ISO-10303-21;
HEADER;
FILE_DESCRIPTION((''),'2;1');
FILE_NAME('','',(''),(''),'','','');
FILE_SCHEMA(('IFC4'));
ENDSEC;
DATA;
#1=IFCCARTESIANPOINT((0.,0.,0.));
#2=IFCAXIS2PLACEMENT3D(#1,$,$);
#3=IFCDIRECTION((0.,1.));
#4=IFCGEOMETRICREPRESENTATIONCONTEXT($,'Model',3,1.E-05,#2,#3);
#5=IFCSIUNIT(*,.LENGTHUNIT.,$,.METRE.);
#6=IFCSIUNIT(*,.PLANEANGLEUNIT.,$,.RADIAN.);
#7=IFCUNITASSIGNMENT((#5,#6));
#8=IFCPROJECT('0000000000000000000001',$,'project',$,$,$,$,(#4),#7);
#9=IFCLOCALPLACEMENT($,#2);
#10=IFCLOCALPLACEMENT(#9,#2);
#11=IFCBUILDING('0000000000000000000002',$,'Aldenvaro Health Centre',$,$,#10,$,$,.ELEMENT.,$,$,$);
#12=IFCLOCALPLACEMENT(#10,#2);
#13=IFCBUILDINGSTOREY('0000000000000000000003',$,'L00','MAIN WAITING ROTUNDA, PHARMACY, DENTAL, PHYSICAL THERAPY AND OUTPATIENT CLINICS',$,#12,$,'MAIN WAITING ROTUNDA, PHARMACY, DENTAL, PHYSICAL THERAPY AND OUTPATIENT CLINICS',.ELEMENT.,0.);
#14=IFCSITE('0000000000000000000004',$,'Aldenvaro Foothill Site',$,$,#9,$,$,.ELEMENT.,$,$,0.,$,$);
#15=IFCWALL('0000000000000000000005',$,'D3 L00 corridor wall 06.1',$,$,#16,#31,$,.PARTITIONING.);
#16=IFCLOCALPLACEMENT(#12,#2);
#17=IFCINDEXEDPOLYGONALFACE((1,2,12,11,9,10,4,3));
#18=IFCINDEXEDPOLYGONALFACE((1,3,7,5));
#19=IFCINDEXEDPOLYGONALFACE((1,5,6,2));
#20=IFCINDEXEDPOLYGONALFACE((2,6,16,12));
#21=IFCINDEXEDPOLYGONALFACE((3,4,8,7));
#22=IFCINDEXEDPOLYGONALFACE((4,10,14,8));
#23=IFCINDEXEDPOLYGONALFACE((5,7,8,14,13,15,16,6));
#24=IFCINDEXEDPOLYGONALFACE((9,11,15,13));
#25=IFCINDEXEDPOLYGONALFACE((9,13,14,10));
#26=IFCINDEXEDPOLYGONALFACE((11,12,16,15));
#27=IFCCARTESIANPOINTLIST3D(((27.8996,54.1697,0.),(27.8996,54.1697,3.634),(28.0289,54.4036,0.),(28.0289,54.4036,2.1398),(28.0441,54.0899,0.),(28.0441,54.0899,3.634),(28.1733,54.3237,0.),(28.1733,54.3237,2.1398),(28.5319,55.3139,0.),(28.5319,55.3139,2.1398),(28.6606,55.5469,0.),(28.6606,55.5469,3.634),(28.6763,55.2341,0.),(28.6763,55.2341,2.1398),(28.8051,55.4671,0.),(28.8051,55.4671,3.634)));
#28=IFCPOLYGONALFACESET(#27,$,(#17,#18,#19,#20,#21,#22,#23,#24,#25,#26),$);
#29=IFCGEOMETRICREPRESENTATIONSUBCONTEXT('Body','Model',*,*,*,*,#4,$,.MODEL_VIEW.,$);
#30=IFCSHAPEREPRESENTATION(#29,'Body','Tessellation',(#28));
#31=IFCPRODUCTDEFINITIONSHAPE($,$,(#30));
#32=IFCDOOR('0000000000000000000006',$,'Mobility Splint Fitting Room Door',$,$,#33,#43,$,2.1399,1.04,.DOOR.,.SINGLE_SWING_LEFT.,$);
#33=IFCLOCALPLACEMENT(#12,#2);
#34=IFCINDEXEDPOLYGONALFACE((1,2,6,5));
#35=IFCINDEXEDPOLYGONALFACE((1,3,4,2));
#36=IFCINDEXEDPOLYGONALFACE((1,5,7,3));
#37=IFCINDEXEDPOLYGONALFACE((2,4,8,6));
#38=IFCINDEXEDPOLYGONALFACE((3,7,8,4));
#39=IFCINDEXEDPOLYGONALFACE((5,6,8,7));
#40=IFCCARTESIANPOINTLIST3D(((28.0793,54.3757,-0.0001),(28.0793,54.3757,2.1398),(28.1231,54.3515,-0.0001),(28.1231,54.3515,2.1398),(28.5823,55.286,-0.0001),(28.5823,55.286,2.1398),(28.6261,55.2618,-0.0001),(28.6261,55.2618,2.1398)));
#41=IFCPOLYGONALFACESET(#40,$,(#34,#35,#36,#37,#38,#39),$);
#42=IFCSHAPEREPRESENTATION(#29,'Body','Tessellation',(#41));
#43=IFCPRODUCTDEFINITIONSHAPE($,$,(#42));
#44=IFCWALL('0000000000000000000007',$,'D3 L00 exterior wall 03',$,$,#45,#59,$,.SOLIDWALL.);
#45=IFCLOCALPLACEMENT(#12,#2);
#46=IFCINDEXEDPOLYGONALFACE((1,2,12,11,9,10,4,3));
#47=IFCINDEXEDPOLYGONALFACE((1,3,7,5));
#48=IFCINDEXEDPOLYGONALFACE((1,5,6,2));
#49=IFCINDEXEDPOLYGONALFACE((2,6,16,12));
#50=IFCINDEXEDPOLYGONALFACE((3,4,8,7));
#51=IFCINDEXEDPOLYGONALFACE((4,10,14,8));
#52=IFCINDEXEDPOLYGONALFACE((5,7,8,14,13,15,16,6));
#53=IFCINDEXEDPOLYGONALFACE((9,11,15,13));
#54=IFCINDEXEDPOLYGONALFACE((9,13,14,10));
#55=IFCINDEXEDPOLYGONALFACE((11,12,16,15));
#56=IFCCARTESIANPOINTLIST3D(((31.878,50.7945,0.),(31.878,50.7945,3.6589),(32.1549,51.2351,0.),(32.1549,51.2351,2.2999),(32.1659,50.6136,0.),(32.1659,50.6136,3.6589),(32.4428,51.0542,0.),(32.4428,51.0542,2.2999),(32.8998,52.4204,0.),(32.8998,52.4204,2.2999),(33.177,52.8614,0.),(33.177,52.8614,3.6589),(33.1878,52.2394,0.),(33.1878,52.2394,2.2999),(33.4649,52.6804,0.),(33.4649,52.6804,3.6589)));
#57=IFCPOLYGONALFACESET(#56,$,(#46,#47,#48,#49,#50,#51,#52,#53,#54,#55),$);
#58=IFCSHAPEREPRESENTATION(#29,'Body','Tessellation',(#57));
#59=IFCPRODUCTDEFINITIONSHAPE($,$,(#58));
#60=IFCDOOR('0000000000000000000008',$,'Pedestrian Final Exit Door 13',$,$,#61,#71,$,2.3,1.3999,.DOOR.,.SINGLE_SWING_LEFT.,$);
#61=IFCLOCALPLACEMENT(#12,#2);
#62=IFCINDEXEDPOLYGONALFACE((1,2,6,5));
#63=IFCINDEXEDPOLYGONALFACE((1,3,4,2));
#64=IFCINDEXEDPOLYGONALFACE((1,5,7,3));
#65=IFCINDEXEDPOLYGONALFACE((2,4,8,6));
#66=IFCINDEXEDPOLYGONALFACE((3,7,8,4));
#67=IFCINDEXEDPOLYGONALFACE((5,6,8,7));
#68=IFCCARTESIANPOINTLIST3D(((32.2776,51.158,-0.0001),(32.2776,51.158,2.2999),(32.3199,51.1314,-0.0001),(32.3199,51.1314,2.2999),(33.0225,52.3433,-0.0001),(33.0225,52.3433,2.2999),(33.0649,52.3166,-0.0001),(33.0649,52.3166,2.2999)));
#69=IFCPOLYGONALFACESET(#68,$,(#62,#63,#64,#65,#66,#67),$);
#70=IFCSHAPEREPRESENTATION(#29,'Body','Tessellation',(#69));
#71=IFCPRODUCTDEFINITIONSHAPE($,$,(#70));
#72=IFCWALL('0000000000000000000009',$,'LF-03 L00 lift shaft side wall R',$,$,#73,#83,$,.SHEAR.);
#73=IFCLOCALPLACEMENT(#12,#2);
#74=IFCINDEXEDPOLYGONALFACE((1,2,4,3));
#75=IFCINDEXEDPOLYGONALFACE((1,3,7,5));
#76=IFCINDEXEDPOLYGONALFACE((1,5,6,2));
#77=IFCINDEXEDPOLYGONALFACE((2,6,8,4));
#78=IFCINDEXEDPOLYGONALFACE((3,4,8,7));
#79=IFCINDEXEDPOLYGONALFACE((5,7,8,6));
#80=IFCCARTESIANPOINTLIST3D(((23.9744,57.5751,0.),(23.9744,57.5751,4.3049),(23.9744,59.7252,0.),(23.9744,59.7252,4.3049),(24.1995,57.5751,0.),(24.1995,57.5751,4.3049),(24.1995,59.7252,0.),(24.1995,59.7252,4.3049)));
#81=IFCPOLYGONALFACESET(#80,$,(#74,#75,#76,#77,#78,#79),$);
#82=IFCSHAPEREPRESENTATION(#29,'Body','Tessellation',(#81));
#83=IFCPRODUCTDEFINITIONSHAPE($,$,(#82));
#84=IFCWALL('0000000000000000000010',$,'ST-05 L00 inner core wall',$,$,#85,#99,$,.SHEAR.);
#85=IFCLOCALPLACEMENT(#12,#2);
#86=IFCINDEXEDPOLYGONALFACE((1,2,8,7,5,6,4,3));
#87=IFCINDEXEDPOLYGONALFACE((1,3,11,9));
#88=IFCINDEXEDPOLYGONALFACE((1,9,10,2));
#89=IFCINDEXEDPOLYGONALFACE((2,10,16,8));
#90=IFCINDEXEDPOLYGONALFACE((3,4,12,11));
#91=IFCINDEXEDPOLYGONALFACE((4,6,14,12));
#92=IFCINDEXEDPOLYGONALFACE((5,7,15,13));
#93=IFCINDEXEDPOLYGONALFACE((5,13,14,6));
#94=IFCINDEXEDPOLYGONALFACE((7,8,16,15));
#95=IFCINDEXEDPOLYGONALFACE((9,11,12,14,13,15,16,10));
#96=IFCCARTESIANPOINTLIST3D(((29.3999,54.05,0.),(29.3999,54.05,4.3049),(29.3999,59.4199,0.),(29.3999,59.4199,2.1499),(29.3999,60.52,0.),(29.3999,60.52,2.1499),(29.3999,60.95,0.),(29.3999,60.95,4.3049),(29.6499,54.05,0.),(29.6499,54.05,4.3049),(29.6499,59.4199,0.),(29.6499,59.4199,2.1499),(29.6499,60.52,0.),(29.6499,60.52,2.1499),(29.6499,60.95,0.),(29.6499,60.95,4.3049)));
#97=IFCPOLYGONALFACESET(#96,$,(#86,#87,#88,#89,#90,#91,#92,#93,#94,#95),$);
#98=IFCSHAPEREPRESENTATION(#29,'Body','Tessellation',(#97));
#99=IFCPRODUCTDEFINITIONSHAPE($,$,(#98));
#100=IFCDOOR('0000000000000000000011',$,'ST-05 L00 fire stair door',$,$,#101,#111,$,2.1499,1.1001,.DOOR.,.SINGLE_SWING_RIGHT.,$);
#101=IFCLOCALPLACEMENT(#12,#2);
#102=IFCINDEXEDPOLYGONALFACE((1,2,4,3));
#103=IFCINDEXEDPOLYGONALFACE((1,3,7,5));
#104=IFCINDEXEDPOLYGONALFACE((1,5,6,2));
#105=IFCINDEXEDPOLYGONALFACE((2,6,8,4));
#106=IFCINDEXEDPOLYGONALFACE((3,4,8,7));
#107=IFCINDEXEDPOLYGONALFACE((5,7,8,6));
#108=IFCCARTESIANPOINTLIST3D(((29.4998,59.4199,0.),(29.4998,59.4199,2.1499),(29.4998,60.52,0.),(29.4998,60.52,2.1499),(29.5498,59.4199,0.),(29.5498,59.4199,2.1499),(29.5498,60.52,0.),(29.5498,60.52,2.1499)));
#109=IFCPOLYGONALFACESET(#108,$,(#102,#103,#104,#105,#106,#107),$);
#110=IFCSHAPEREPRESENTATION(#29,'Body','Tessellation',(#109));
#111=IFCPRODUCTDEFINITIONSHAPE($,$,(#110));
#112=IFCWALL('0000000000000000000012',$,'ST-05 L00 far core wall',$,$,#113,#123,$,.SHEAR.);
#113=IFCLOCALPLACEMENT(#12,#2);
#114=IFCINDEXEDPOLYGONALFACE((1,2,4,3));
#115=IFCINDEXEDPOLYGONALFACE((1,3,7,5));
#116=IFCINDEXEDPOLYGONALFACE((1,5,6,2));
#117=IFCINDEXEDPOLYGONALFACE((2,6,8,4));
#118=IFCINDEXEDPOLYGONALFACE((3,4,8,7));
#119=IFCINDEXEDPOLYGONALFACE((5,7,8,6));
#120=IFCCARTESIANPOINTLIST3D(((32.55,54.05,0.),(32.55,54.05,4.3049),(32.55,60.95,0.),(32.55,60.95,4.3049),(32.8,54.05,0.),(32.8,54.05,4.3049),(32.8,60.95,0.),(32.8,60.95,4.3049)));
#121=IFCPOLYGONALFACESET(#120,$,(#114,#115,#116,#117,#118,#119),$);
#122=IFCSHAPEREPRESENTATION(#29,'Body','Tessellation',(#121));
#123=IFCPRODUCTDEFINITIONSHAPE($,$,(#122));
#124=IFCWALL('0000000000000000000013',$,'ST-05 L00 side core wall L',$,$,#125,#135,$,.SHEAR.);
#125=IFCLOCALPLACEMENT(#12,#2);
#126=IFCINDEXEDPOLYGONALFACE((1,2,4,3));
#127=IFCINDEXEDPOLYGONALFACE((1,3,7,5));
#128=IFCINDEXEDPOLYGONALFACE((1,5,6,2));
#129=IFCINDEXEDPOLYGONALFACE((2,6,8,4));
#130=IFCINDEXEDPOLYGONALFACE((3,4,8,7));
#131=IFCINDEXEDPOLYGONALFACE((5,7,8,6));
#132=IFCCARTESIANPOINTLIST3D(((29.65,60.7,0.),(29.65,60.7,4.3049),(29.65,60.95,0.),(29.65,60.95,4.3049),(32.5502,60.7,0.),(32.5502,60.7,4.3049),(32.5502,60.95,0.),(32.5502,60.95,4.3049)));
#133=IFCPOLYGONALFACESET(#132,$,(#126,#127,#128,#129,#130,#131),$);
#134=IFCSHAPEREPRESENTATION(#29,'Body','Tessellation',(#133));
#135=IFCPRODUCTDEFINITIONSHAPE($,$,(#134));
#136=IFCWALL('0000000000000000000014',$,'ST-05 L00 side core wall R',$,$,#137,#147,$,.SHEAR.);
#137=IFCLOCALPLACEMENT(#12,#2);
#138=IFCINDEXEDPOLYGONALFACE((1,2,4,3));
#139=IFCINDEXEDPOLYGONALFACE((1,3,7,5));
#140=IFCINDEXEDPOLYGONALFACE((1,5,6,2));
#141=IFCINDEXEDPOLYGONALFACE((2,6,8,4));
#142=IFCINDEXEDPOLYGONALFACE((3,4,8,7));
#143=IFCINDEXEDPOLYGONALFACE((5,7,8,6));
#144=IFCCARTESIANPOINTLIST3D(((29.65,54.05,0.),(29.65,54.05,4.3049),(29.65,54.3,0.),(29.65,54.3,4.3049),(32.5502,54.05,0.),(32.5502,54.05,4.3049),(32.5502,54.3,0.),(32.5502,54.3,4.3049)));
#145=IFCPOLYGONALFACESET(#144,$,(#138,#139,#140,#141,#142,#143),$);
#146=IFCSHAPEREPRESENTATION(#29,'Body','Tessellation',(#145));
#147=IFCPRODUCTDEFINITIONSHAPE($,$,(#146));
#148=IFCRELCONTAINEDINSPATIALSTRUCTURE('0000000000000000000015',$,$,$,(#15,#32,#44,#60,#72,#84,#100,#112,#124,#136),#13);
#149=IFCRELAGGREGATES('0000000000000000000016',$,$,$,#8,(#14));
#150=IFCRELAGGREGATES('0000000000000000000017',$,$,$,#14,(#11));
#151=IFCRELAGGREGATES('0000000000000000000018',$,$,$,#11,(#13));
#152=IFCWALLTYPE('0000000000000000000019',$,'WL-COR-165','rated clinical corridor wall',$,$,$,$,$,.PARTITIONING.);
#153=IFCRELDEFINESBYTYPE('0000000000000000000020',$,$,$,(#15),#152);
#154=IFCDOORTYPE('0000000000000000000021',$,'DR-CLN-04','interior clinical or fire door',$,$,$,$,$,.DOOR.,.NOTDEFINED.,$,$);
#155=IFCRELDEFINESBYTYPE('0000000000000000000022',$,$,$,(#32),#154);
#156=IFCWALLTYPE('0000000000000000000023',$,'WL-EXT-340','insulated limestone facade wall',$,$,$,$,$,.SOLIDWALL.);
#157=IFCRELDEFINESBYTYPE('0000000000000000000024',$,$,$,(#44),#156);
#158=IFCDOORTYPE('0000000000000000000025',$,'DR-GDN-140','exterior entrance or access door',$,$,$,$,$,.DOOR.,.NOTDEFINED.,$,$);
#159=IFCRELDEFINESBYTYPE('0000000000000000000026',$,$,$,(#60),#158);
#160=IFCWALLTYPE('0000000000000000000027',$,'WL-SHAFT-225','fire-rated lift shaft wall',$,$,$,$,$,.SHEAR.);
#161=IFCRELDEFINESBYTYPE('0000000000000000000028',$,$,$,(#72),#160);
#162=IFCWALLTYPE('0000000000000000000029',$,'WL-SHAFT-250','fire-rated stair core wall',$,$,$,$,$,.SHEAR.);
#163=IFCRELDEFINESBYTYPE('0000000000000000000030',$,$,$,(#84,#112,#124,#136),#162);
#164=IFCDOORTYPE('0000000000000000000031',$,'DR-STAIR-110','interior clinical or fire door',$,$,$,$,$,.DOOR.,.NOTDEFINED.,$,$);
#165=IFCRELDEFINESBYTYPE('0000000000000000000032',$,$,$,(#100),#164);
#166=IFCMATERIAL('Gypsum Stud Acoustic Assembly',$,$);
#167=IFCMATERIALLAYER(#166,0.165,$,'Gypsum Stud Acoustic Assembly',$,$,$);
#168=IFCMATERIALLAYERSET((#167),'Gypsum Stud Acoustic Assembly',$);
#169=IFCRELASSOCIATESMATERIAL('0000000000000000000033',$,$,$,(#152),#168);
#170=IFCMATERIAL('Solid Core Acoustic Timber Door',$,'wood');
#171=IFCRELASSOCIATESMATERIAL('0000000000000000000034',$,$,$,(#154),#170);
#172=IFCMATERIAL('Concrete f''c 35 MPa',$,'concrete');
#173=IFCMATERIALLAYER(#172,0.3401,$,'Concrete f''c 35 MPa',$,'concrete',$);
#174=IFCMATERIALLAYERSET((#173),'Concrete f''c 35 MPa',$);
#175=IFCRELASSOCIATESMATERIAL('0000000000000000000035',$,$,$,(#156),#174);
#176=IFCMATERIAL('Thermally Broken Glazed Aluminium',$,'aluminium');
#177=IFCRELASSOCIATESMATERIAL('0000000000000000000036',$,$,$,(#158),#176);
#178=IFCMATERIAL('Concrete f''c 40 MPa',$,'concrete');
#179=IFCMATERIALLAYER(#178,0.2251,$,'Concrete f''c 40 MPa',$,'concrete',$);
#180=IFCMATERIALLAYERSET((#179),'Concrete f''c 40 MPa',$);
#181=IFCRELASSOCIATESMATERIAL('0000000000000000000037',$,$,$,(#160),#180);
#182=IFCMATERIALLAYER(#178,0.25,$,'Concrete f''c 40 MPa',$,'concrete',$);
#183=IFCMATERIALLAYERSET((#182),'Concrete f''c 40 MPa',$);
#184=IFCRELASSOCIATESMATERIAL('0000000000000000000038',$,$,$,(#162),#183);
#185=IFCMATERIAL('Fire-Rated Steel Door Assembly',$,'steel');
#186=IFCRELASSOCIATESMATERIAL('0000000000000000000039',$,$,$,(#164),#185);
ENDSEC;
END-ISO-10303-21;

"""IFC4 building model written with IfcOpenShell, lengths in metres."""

from ifc_helpers import new_model, si_unit, direction, frame, frame_2d, origin, place, context, subcontext, project, spatial, rectangle, extrude, material, layer, layer_set, type_object, element, fill, save


model = new_model("IFC4")

# Units and contexts
model_context = context("Model", 3, precision=1e-05, world=origin(), true_north=direction((0.0, 1.0)))
body_context = subcontext(model_context, "Body", "Model", "MODEL_VIEW")
ifc_project = project(units=[si_unit("LENGTHUNIT", "METRE"), si_unit("PLANEANGLEUNIT", "RADIAN")], contexts=[model_context])

# Site, building, storey
site_placement = place(None, origin())
site = spatial("IfcSite", under=ifc_project, at=site_placement, Name="Aldenvaro Foothill Site", CompositionType="ELEMENT", RefElevation=0.0)
building_placement = place(site_placement, origin())
building = spatial("IfcBuilding", under=site, at=building_placement, Name="Aldenvaro Health Centre", CompositionType="ELEMENT")
storey_placement = place(building_placement, origin())
storey = spatial("IfcBuildingStorey", under=building, at=storey_placement, Name="L00", Description="MAIN WAITING ROTUNDA, PHARMACY, DENTAL, PHYSICAL THERAPY AND OUTPATIENT CLINICS", LongName="MAIN WAITING ROTUNDA, PHARMACY, DENTAL, PHYSICAL THERAPY AND OUTPATIENT CLINICS", CompositionType="ELEMENT", Elevation=0.0)

# Shared definitions
ifc_material_1 = material(Name="Concrete f'c 40 MPa", Category="concrete")

# Shared definitions
ifc_material_2 = material(Name="Gypsum Stud Acoustic Assembly")
ifc_layer_1 = layer(ifc_material_2, 0.165, Name="Gypsum Stud Acoustic Assembly")
ifc_layer_set_1 = layer_set([ifc_layer_1], Name="Gypsum Stud Acoustic Assembly")
wall_type_1 = type_object("IfcWallType", Name="WL-COR-165", Description="rated clinical corridor wall", PredefinedType="PARTITIONING", material=ifc_layer_set_1)

# Walls, openings, doors
wall_1_placement = place(storey_placement, frame((27.9719, 54.1299, 0.0), z_axis=(0.0, 0.0, 1.0), x_axis=(0.483639, 0.875267, 0.0)))
wall_1 = element("IfcWall", 1, at=wall_1_placement, inside=storey, type_object=wall_type_1, Name="D3 L00 corridor wall 06.1", PredefinedType="PARTITIONING", context=body_context, shape_type="SweptSolid", body=[
    extrude(rectangle(XDim=1.5735, YDim=0.165, at=frame_2d((0.7866, 0.0))), origin(), (0.0, 0.0, 1.0), 3.634),
])
opening_1_placement = place(wall_1_placement, frame((0.2671, 0.0, 0.0)))
opening_1 = element("IfcOpeningElement", 2, at=opening_1_placement, cuts=wall_1, PredefinedType="OPENING", context=body_context, shape_type="SweptSolid", body=[
    extrude(rectangle(XDim=1.04, YDim=2.1399, at=frame_2d((0.52, 1.0698))), frame((0.0, 0.0925, 0.0), z_axis=(0.0, -1.0, 0.0), x_axis=(1.0, 0.0, 0.0)), (0.0, 0.0, 1.0), 0.1851),
])
ifc_material_3 = material(Name="Solid Core Acoustic Timber Door", Category="wood")
door_type_1 = type_object("IfcDoorType", Name="DR-CLN-04", Description="interior clinical or fire door", OperationType="NOTDEFINED", PredefinedType="DOOR", material=ifc_material_3)
door_1_placement = place(opening_1_placement, origin())
door_1 = element("IfcDoor", 3, at=door_1_placement, inside=storey, type_object=door_type_1, Name="Mobility Splint Fitting Room Door", OperationType="SINGLE_SWING_LEFT", OverallHeight=2.1399, OverallWidth=1.04, PredefinedType="DOOR", context=body_context, shape_type="SweptSolid", body=[
    extrude(rectangle(XDim=1.04, YDim=2.1399, at=frame_2d((0.52, 1.0698))), frame((0.0, 0.0249, 0.0), z_axis=(0.0, -1.0, 0.0), x_axis=(1.0, 0.0, 0.0)), (0.0, 0.0, 1.0), 0.05),
])
fill(opening_1, door_1)
ifc_material_4 = material(Name="Concrete f'c 35 MPa", Category="concrete")
ifc_layer_2 = layer(ifc_material_4, 0.3401, Name="Concrete f'c 35 MPa", Category="concrete")
ifc_layer_set_2 = layer_set([ifc_layer_2], Name="Concrete f'c 35 MPa")
wall_type_2 = type_object("IfcWallType", Name="WL-EXT-340", Description="insulated limestone facade wall", PredefinedType="SOLIDWALL", material=ifc_layer_set_2)
wall_2_placement = place(storey_placement, frame((33.321, 52.771, 0.0), z_axis=(0.0, 0.0, 1.0), x_axis=(-0.532137, -0.846658, 0.0)))
wall_2 = element("IfcWall", 4, at=wall_2_placement, inside=storey, type_object=wall_type_2, Name="D3 L00 exterior wall 03", PredefinedType="SOLIDWALL", context=body_context, shape_type="SweptSolid", body=[
    extrude(rectangle(XDim=2.4412, YDim=0.3401, at=frame_2d((1.2207, 0.0))), origin(), (0.0, 0.0, 1.0), 3.6589),
])
opening_2_placement = place(wall_2_placement, frame((0.521, 0.0, 0.0)))
opening_2 = element("IfcOpeningElement", 5, at=opening_2_placement, cuts=wall_2, PredefinedType="OPENING", context=body_context, shape_type="SweptSolid", body=[
    extrude(rectangle(XDim=1.3999, YDim=2.3, at=frame_2d((0.7, 1.1499))), frame((0.0, 0.1802, 0.0), z_axis=(0.0, -1.0, 0.0), x_axis=(1.0, 0.0, 0.0)), (0.0, 0.0, 1.0), 0.3601),
])
ifc_material_5 = material(Name="Thermally Broken Glazed Aluminium", Category="aluminium")
door_type_2 = type_object("IfcDoorType", Name="DR-GDN-140", Description="exterior entrance or access door", OperationType="NOTDEFINED", PredefinedType="DOOR", material=ifc_material_5)
door_2_placement = place(opening_2_placement, origin())
door_2 = element("IfcDoor", 6, at=door_2_placement, inside=storey, type_object=door_type_2, Name="Pedestrian Final Exit Door 13", OperationType="SINGLE_SWING_LEFT", OverallHeight=2.3, OverallWidth=1.3999, PredefinedType="DOOR", context=body_context, shape_type="SweptSolid", body=[
    extrude(rectangle(XDim=1.3999, YDim=2.3, at=frame_2d((0.7, 1.1499))), frame((0.0, 0.0249, 0.0), z_axis=(0.0, -1.0, 0.0), x_axis=(1.0, 0.0, 0.0)), (0.0, 0.0, 1.0), 0.05),
])
fill(opening_2, door_2)

# Wall
ifc_layer_3 = layer(ifc_material_1, 0.2251, Name="Concrete f'c 40 MPa", Category="concrete")
ifc_layer_set_3 = layer_set([ifc_layer_3], Name="Concrete f'c 40 MPa")
wall_type_3 = type_object("IfcWallType", Name="WL-SHAFT-225", Description="fire-rated lift shaft wall", PredefinedType="SHEAR", material=ifc_layer_set_3)
wall_3_placement = place(storey_placement, frame((24.0869, 57.575, 0.0), z_axis=(0.0, 0.0, 1.0), x_axis=(0.0, 1.0, 0.0)))
element("IfcWall", 7, at=wall_3_placement, inside=storey, type_object=wall_type_3, Name="LF-03 L00 lift shaft side wall R", PredefinedType="SHEAR", context=body_context, shape_type="SweptSolid", body=[
    extrude(rectangle(XDim=2.1501, YDim=0.2251, at=frame_2d((1.0752, 0.0))), origin(), (0.0, 0.0, 1.0), 4.3049),
])

# Wall, opening, door
ifc_layer_4 = layer(ifc_material_1, 0.25, Name="Concrete f'c 40 MPa", Category="concrete")
ifc_layer_set_4 = layer_set([ifc_layer_4], Name="Concrete f'c 40 MPa")
wall_type_4 = type_object("IfcWallType", Name="WL-SHAFT-250", Description="fire-rated stair core wall", PredefinedType="SHEAR", material=ifc_layer_set_4)
wall_4_placement = place(storey_placement, frame((29.5249, 60.95, 0.0), z_axis=(0.0, 0.0, 1.0), x_axis=(0.0, -1.0, 0.0)))
wall_4 = element("IfcWall", 8, at=wall_4_placement, inside=storey, type_object=wall_type_4, Name="ST-05 L00 inner core wall", PredefinedType="SHEAR", context=body_context, shape_type="SweptSolid", body=[
    extrude(rectangle(XDim=6.8999, YDim=0.25, at=frame_2d((3.45, 0.0))), origin(), (0.0, 0.0, 1.0), 4.3049),
])
opening_3_placement = place(wall_4_placement, frame((0.4299, 0.0, 0.0)))
opening_3 = element("IfcOpeningElement", 9, at=opening_3_placement, cuts=wall_4, PredefinedType="OPENING", context=body_context, shape_type="SweptSolid", body=[
    extrude(rectangle(XDim=1.1001, YDim=2.1499, at=frame_2d((0.55, 1.075))), frame((0.0, 0.135, 0.0), z_axis=(0.0, -1.0, 0.0), x_axis=(1.0, 0.0, 0.0)), (0.0, 0.0, 1.0), 0.27),
])
ifc_material_6 = material(Name="Fire-Rated Steel Door Assembly", Category="steel")
door_type_3 = type_object("IfcDoorType", Name="DR-STAIR-110", Description="interior clinical or fire door", OperationType="NOTDEFINED", PredefinedType="DOOR", material=ifc_material_6)
door_3_placement = place(opening_3_placement, origin())
door_3 = element("IfcDoor", 10, at=door_3_placement, inside=storey, type_object=door_type_3, Name="ST-05 L00 fire stair door", OperationType="SINGLE_SWING_RIGHT", OverallHeight=2.1499, OverallWidth=1.1001, PredefinedType="DOOR", context=body_context, shape_type="SweptSolid", body=[
    extrude(rectangle(XDim=1.1001, YDim=2.1499, at=frame_2d((0.55, 1.075))), frame((0.0, 0.0249, 0.0), z_axis=(0.0, -1.0, 0.0), x_axis=(1.0, 0.0, 0.0)), (0.0, 0.0, 1.0), 0.05),
])
fill(opening_3, door_3)

# Walls
wall_5_placement = place(storey_placement, frame((32.675, 60.95, 0.0), z_axis=(0.0, 0.0, 1.0), x_axis=(0.0, -1.0, 0.0)))
element("IfcWall", 11, at=wall_5_placement, inside=storey, type_object=wall_type_4, Name="ST-05 L00 far core wall", PredefinedType="SHEAR", context=body_context, shape_type="SweptSolid", body=[
    extrude(rectangle(XDim=6.8999, YDim=0.25, at=frame_2d((3.45, 0.0))), origin(), (0.0, 0.0, 1.0), 4.3049),
])
for number, where, z_axis, x_axis, name in (
    (12, (29.6499, 60.825, 0.0), (0.0, 0.0, 1.0), (1.0, 0.0, 0.0), "ST-05 L00 side core wall L"),
    (13, (29.6499, 54.175, 0.0), (0.0, 0.0, 1.0), (1.0, 0.0, 0.0), "ST-05 L00 side core wall R"),
):
    element("IfcWall", number, at=place(storey_placement, frame(where, z_axis=z_axis, x_axis=x_axis)), inside=storey, type_object=wall_type_4, Name=name, PredefinedType="SHEAR", context=body_context, shape_type="SweptSolid", body=[
        extrude(rectangle(XDim=2.9001, YDim=0.25, at=frame_2d((1.4502, 0.0))), origin(), (0.0, 0.0, 1.0), 4.3049),
    ])

save(model, "model.ifc")
